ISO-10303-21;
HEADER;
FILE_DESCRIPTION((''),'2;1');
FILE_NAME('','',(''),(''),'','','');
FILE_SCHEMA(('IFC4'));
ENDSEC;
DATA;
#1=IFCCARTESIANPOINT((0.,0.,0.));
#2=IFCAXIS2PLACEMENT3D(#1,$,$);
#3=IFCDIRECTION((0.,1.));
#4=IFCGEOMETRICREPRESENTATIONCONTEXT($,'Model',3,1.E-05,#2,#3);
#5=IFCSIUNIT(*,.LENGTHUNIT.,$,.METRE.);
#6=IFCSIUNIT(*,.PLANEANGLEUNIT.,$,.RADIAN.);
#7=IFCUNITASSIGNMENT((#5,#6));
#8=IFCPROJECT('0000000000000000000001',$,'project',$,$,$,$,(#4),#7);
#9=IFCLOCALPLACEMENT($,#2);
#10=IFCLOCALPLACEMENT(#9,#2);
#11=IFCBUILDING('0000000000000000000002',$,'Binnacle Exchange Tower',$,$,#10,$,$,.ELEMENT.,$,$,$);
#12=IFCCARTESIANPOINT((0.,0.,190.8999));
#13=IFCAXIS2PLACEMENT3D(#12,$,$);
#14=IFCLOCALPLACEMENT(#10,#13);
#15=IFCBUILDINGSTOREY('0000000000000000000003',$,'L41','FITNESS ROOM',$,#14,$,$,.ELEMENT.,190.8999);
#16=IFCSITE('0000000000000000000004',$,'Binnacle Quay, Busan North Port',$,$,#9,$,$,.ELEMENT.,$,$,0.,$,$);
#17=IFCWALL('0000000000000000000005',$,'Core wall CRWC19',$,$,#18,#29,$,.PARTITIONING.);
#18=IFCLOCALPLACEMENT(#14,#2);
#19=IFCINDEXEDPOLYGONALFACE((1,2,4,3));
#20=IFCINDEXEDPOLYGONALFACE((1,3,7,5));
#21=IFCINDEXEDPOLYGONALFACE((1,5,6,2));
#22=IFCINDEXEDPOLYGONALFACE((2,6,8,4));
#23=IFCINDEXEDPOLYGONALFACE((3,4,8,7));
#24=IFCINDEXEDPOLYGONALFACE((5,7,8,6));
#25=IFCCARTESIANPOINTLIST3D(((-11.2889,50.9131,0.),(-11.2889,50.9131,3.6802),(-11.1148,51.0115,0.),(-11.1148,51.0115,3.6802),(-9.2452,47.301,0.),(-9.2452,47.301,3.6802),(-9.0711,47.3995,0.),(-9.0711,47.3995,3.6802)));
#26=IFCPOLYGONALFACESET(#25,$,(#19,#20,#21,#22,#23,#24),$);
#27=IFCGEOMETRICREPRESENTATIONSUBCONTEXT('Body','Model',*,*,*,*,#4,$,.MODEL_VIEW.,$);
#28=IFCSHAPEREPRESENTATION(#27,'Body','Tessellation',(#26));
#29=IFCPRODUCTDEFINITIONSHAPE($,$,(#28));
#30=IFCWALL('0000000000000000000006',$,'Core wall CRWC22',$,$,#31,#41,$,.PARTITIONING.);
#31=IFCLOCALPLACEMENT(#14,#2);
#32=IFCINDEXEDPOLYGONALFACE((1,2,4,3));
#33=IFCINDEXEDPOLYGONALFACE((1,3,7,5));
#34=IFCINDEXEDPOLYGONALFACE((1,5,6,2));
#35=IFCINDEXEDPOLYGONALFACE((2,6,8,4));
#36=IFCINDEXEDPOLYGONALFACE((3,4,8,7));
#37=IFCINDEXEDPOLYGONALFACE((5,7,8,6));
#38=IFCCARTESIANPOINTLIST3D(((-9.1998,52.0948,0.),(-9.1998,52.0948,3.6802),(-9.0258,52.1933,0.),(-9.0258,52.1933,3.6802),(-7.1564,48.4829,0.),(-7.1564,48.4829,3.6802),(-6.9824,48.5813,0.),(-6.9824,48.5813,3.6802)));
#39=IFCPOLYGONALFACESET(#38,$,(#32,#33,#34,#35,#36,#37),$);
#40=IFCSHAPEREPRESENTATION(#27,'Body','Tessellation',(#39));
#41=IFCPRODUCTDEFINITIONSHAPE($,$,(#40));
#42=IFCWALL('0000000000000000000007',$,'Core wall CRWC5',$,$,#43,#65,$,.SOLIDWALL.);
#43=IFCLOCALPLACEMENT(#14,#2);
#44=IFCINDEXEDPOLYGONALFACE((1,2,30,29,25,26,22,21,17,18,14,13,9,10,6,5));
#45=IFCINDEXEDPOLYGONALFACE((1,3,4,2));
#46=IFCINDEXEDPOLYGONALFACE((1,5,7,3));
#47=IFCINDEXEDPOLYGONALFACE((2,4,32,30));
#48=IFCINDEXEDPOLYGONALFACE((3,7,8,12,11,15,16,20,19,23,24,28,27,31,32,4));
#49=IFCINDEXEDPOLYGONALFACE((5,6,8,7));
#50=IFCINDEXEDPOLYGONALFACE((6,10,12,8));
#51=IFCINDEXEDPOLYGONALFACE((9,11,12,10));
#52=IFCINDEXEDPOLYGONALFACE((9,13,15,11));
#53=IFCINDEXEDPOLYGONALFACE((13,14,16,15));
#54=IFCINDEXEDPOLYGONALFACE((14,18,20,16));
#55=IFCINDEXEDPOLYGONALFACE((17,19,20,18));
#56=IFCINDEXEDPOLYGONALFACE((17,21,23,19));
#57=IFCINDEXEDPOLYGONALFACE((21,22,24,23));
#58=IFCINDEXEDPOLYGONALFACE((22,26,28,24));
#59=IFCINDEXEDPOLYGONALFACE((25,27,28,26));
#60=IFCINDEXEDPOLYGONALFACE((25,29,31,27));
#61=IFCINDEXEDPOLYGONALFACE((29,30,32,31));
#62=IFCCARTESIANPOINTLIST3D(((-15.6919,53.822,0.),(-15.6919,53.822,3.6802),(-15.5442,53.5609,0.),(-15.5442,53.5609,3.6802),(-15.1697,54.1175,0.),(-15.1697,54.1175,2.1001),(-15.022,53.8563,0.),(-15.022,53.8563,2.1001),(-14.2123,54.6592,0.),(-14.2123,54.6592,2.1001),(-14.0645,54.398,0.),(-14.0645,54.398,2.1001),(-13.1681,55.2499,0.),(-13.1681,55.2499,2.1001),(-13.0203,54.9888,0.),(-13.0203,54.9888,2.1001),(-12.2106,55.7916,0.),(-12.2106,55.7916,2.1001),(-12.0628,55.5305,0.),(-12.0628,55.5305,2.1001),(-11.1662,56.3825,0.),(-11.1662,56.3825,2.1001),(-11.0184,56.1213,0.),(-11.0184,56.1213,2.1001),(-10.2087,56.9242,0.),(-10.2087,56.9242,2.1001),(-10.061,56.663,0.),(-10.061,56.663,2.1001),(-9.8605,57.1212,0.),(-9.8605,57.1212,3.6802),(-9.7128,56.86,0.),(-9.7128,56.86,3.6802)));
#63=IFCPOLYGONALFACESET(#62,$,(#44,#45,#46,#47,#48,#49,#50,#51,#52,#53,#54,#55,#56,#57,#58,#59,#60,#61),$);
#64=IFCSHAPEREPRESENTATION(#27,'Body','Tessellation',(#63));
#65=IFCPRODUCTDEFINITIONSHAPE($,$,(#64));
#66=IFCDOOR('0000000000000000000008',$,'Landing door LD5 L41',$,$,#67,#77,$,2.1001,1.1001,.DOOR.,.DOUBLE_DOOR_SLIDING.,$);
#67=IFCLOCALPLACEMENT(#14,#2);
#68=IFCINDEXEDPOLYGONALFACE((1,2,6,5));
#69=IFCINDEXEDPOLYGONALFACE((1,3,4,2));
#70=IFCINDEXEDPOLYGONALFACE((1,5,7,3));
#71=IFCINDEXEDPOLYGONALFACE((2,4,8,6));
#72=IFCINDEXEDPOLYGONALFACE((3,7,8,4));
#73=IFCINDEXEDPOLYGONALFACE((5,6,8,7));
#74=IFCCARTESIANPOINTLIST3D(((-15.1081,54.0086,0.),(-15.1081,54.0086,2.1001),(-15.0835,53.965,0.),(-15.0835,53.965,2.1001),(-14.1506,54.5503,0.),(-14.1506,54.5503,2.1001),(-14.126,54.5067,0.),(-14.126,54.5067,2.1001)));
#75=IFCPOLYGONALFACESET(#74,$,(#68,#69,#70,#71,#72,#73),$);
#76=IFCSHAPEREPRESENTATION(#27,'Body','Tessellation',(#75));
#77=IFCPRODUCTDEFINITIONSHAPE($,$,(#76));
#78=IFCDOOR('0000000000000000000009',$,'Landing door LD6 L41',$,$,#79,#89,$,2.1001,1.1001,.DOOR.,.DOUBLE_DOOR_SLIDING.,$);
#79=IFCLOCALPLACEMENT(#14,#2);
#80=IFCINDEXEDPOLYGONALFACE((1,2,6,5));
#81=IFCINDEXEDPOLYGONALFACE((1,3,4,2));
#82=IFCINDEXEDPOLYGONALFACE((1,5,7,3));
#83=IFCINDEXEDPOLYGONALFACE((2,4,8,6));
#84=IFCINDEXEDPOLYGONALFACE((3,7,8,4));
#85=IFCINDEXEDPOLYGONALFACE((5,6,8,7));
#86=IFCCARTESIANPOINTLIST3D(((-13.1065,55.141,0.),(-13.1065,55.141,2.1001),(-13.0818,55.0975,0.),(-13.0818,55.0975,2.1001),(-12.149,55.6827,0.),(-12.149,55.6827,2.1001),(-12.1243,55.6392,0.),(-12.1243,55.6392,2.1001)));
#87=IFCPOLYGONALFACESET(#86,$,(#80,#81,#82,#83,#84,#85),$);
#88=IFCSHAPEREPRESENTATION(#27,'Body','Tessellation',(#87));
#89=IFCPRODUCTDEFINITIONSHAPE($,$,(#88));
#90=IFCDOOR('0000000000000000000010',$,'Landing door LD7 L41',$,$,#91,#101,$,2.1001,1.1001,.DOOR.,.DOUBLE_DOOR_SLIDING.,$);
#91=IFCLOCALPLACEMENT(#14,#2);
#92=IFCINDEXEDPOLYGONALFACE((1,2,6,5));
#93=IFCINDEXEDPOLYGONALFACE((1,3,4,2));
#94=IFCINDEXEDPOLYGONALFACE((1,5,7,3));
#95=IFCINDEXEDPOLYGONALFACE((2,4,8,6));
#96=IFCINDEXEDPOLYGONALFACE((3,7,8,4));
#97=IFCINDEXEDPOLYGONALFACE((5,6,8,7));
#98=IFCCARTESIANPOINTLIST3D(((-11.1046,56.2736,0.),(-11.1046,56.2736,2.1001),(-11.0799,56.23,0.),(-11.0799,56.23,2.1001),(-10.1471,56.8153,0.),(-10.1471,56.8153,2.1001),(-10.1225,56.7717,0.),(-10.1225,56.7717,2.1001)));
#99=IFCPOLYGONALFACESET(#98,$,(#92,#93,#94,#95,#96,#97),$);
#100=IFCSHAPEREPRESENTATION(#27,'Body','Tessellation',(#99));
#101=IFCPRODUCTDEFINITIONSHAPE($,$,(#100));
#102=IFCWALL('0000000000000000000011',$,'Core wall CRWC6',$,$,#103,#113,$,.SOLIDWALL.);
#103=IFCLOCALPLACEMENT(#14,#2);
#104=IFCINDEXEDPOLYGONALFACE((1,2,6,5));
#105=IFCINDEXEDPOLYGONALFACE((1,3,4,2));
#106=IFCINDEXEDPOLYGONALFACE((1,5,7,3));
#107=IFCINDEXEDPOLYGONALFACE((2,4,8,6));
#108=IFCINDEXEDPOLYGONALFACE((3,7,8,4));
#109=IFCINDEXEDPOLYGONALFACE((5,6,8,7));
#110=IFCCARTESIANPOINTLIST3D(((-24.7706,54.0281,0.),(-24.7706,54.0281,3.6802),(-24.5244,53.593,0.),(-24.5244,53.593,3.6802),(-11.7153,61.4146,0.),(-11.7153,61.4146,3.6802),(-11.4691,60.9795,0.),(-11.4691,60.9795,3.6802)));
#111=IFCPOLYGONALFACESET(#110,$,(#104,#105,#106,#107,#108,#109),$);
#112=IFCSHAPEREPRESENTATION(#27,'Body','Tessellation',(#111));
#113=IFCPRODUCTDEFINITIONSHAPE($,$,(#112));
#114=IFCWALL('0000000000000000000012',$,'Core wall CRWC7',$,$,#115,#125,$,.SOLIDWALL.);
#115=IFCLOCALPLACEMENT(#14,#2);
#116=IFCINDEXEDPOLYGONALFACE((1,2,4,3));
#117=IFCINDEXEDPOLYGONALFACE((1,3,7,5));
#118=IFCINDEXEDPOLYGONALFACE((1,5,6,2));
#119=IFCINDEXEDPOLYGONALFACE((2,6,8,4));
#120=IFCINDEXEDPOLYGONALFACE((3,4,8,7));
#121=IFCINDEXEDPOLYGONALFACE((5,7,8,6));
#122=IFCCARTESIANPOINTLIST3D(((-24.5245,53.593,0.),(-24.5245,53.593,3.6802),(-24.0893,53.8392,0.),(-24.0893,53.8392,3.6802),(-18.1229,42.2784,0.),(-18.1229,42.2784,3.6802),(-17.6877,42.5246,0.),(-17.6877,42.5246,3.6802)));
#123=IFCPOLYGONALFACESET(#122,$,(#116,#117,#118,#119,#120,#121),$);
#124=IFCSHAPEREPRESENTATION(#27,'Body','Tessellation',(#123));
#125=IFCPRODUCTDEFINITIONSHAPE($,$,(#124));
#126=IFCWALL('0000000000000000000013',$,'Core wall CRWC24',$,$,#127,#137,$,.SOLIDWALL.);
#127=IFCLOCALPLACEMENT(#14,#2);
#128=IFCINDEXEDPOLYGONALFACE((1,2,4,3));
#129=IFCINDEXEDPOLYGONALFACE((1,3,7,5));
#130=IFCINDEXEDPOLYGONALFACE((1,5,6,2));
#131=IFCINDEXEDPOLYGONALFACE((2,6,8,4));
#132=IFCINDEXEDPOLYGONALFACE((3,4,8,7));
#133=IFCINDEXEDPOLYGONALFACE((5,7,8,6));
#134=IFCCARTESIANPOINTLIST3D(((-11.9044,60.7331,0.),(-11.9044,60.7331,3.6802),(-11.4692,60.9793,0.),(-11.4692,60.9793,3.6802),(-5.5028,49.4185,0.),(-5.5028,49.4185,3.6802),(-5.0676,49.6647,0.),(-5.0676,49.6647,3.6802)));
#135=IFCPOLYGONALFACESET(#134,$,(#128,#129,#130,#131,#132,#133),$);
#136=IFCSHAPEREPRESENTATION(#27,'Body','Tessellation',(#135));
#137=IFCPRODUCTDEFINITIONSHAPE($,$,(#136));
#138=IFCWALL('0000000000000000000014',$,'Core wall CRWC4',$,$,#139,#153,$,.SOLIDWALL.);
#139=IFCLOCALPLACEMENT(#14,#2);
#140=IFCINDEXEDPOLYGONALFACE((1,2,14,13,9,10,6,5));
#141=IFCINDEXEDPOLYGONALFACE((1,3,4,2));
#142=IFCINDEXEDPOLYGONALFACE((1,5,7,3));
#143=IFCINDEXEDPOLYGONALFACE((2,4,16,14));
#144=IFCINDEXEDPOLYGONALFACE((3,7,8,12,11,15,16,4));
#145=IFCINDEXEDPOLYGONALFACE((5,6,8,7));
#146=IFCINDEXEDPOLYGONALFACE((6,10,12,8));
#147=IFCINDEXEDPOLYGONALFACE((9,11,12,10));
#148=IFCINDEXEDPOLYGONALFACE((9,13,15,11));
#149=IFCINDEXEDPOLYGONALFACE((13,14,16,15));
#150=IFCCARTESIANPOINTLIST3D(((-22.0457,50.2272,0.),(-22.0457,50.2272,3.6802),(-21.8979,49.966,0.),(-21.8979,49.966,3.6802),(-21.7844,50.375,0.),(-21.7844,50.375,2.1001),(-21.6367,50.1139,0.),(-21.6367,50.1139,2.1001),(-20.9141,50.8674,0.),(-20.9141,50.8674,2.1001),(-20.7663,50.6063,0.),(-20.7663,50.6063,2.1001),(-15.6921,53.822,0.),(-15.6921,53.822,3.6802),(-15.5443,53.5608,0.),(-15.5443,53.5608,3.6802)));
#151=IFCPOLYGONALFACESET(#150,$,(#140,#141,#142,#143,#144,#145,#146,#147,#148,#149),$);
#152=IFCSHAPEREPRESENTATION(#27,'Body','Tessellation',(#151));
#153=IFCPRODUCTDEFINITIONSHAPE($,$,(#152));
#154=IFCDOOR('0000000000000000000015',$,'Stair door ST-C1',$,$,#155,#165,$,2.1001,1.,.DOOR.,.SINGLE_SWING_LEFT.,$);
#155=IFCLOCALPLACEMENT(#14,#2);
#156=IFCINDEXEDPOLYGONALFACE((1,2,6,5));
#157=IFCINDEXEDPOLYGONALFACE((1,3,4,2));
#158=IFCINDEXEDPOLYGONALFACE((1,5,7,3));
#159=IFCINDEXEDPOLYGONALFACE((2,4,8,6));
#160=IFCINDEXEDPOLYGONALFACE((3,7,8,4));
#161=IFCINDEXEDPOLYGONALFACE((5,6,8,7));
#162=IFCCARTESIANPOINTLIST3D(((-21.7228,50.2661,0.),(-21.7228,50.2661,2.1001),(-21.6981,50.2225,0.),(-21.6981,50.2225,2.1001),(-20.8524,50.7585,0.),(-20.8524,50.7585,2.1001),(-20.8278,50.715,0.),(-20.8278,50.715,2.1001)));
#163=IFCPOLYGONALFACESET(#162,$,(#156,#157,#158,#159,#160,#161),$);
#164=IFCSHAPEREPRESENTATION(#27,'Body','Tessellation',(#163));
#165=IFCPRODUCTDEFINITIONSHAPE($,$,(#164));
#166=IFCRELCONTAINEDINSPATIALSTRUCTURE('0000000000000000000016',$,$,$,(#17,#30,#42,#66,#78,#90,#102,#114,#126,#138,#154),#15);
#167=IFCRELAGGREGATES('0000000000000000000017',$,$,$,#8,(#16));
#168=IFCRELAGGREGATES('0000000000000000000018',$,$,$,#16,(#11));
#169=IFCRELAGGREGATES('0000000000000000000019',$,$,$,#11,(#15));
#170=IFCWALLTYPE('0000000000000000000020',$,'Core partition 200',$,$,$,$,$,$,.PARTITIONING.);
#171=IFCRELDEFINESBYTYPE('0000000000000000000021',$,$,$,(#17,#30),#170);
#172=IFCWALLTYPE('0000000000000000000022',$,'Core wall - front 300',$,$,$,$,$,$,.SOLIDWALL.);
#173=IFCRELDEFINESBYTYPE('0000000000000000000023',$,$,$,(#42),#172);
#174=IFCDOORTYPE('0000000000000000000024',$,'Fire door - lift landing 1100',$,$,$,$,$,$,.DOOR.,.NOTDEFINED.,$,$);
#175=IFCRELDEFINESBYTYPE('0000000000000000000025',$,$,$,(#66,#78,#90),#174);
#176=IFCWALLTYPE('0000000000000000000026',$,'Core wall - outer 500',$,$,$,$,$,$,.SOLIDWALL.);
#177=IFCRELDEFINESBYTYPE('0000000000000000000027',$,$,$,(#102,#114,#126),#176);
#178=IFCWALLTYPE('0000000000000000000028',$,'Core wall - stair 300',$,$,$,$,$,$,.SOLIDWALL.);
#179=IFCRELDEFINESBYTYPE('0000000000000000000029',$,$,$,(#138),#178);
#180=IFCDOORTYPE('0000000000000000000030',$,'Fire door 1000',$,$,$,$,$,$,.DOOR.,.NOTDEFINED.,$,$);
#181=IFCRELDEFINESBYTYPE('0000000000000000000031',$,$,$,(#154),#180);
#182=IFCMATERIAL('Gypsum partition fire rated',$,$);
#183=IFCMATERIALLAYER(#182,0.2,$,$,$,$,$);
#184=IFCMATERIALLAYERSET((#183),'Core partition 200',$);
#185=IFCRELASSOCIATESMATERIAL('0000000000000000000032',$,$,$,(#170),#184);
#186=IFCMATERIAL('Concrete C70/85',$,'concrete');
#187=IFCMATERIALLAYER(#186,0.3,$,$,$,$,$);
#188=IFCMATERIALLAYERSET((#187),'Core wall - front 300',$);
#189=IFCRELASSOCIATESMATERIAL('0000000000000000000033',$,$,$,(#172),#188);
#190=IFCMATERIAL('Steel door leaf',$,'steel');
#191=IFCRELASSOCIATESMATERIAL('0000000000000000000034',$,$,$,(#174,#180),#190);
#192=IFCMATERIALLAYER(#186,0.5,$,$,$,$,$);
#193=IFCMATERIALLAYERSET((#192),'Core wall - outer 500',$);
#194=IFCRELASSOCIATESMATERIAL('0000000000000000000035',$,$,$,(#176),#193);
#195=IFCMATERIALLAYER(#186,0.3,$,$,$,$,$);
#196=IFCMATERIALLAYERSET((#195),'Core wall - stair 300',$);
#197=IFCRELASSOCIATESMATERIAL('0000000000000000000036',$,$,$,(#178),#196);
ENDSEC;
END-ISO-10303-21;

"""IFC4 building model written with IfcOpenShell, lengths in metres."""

from ifc_helpers import new_model, si_unit, direction, frame, frame_2d, origin, place, context, subcontext, project, spatial, rectangle, extrude, material, layer, layer_set, type_object, element, fill, save


model = new_model("IFC4")

# Units and contexts
model_context = context("Model", 3, precision=1e-05, world=origin(), true_north=direction((0.0, 1.0)))
body_context = subcontext(model_context, "Body", "Model", "MODEL_VIEW")
ifc_project = project(units=[si_unit("LENGTHUNIT", "METRE"), si_unit("PLANEANGLEUNIT", "RADIAN")], contexts=[model_context])

# Site, building, storey
site_placement = place(None, origin())
site = spatial("IfcSite", under=ifc_project, at=site_placement, Name="Binnacle Quay, Busan North Port", CompositionType="ELEMENT", RefElevation=0.0)
building_placement = place(site_placement, origin())
building = spatial("IfcBuilding", under=site, at=building_placement, Name="Binnacle Exchange Tower", CompositionType="ELEMENT")
storey_placement = place(building_placement, frame((0.0, 0.0, 190.8999)))
storey = spatial("IfcBuildingStorey", under=building, at=storey_placement, Name="L41", Description="FITNESS ROOM", CompositionType="ELEMENT", Elevation=190.8999)

# Shared definitions
ifc_material_1 = material(Name="Concrete C70/85", Category="concrete")

# Walls
ifc_material_2 = material(Name="Gypsum partition fire rated")
ifc_layer_1 = layer(ifc_material_2, 0.2)
ifc_layer_set_1 = layer_set([ifc_layer_1], Name="Core partition 200")
wall_type_1 = type_object("IfcWallType", Name="Core partition 200", PredefinedType="PARTITIONING", material=ifc_layer_set_1)
wall_1_placement = place(storey_placement, frame((-11.2019, 50.9624, 0.0), z_axis=(0.0, 0.0, 1.0), x_axis=(0.492441, -0.870346, 0.0)))
element("IfcWall", 1, at=wall_1_placement, inside=storey, type_object=wall_type_1, Name="Core wall CRWC19", PredefinedType="PARTITIONING", context=body_context, shape_type="SweptSolid", body=[
    extrude(rectangle(XDim=4.1501, YDim=0.2, at=frame_2d((2.0752, 0.0))), origin(), (0.0, 0.0, 1.0), 3.6802),
])
wall_2_placement = place(storey_placement, frame((-9.1128, 52.144, 0.0), z_axis=(0.0, 0.0, 1.0), x_axis=(0.492396, -0.870371, 0.0)))
element("IfcWall", 2, at=wall_2_placement, inside=storey, type_object=wall_type_1, Name="Core wall CRWC22", PredefinedType="PARTITIONING", context=body_context, shape_type="SweptSolid", body=[
    extrude(rectangle(XDim=4.1499, YDim=0.2, at=frame_2d((2.075, 0.0))), origin(), (0.0, 0.0, 1.0), 3.6802),
])

# Wall, openings, doors
ifc_layer_2 = layer(ifc_material_1, 0.3)
ifc_layer_set_2 = layer_set([ifc_layer_2], Name="Core wall - front 300")
wall_type_2 = type_object("IfcWallType", Name="Core wall - front 300", PredefinedType="SOLIDWALL", material=ifc_layer_set_2)
wall_3_placement = place(storey_placement, frame((-15.6182, 53.6914, 0.0), z_axis=(0.0, 0.0, 1.0), x_axis=(0.870363, 0.49241, 0.0)))
wall_3 = element("IfcWall", 3, at=wall_3_placement, inside=storey, type_object=wall_type_2, Name="Core wall CRWC5", PredefinedType="SOLIDWALL", context=body_context, shape_type="SweptSolid", body=[
    extrude(rectangle(XDim=6.7, YDim=0.3, at=frame_2d((3.3501, 0.0))), origin(), (0.0, 0.0, 1.0), 3.6802),
])
opening_1_placement = place(wall_3_placement, frame((0.6001, 0.0, 0.0)))
opening_1 = element("IfcOpeningElement", 4, at=opening_1_placement, cuts=wall_3, PredefinedType="OPENING", context=body_context, shape_type="SweptSolid", body=[
    extrude(rectangle(XDim=1.1001, YDim=2.1001, at=frame_2d((0.55, 1.05))), frame((0.0, 0.1599, 0.0), z_axis=(0.0, -1.0, 0.0), x_axis=(1.0, 0.0, 0.0)), (0.0, 0.0, 1.0), 0.3201),
])
opening_2_placement = place(wall_3_placement, frame((2.8999, 0.0, 0.0)))
opening_2 = element("IfcOpeningElement", 5, at=opening_2_placement, cuts=wall_3, PredefinedType="OPENING", context=body_context, shape_type="SweptSolid", body=[
    extrude(rectangle(XDim=1.1001, YDim=2.1001, at=frame_2d((0.55, 1.05))), frame((0.0, 0.1599, 0.0), z_axis=(0.0, -1.0, 0.0), x_axis=(1.0, 0.0, 0.0)), (0.0, 0.0, 1.0), 0.3201),
])
opening_3_placement = place(wall_3_placement, frame((5.2, 0.0, 0.0)))
opening_3 = element("IfcOpeningElement", 6, at=opening_3_placement, cuts=wall_3, PredefinedType="OPENING", context=body_context, shape_type="SweptSolid", body=[
    extrude(rectangle(XDim=1.1001, YDim=2.1001, at=frame_2d((0.55, 1.05))), frame((0.0, 0.1599, 0.0), z_axis=(0.0, -1.0, 0.0), x_axis=(1.0, 0.0, 0.0)), (0.0, 0.0, 1.0), 0.3201),
])
ifc_material_3 = material(Name="Steel door leaf", Category="steel")
door_type_1 = type_object("IfcDoorType", Name="Fire door - lift landing 1100", OperationType="NOTDEFINED", PredefinedType="DOOR", material=ifc_material_3)
door_1_placement = place(opening_1_placement, origin())
door_1 = element("IfcDoor", 7, at=door_1_placement, inside=storey, type_object=door_type_1, Name="Landing door LD5 L41", OperationType="DOUBLE_DOOR_SLIDING", OverallHeight=2.1001, OverallWidth=1.1001, PredefinedType="DOOR", context=body_context, shape_type="SweptSolid", body=[
    extrude(rectangle(XDim=1.1001, YDim=2.1001, at=frame_2d((0.55, 1.05))), frame((0.0, 0.0249, 0.0), z_axis=(0.0, -1.0, 0.0), x_axis=(1.0, 0.0, 0.0)), (0.0, 0.0, 1.0), 0.05),
])
fill(opening_1, door_1)
door_2_placement = place(opening_2_placement, origin())
door_2 = element("IfcDoor", 8, at=door_2_placement, inside=storey, type_object=door_type_1, Name="Landing door LD6 L41", OperationType="DOUBLE_DOOR_SLIDING", OverallHeight=2.1001, OverallWidth=1.1001, PredefinedType="DOOR", context=body_context, shape_type="SweptSolid", body=[
    extrude(rectangle(XDim=1.1001, YDim=2.1001, at=frame_2d((0.55, 1.05))), frame((0.0, 0.0249, 0.0), z_axis=(0.0, -1.0, 0.0), x_axis=(1.0, 0.0, 0.0)), (0.0, 0.0, 1.0), 0.05),
])
fill(opening_2, door_2)
door_3_placement = place(opening_3_placement, origin())
door_3 = element("IfcDoor", 9, at=door_3_placement, inside=storey, type_object=door_type_1, Name="Landing door LD7 L41", OperationType="DOUBLE_DOOR_SLIDING", OverallHeight=2.1001, OverallWidth=1.1001, PredefinedType="DOOR", context=body_context, shape_type="SweptSolid", body=[
    extrude(rectangle(XDim=1.1001, YDim=2.1001, at=frame_2d((0.55, 1.05))), frame((0.0, 0.0249, 0.0), z_axis=(0.0, -1.0, 0.0), x_axis=(1.0, 0.0, 0.0)), (0.0, 0.0, 1.0), 0.05),
])
fill(opening_3, door_3)

# Walls
ifc_layer_3 = layer(ifc_material_1, 0.5)
ifc_layer_set_3 = layer_set([ifc_layer_3], Name="Core wall - outer 500")
wall_type_3 = type_object("IfcWallType", Name="Core wall - outer 500", PredefinedType="SOLIDWALL", material=ifc_layer_set_3)
wall_4_placement = place(storey_placement, frame((-24.6475, 53.8105, 0.0), z_axis=(0.0, 0.0, 1.0), x_axis=(0.87035, 0.492434, 0.0)))
element("IfcWall", 10, at=wall_4_placement, inside=storey, type_object=wall_type_3, Name="Core wall CRWC6", PredefinedType="SOLIDWALL", context=body_context, shape_type="SweptSolid", body=[
    extrude(rectangle(XDim=15.0, YDim=0.5, at=frame_2d((7.5, 0.0))), origin(), (0.0, 0.0, 1.0), 3.6802),
])
for number, where, z_axis, x_axis, name in (
    (11, (-24.3069, 53.7161, 0.0), (0.0, 0.0, 1.0), (0.492427, -0.870354, 0.0), "Core wall CRWC7"),
    (12, (-11.6868, 60.8562, 0.0), (0.0, 0.0, 1.0), (0.492427, -0.870354, 0.0), "Core wall CRWC24"),
):
    element("IfcWall", number, at=place(storey_placement, frame(where, z_axis=z_axis, x_axis=x_axis)), inside=storey, type_object=wall_type_3, Name=name, PredefinedType="SOLIDWALL", context=body_context, shape_type="SweptSolid", body=[
        extrude(rectangle(XDim=13.0, YDim=0.5, at=frame_2d((6.5, 0.0))), origin(), (0.0, 0.0, 1.0), 3.6802),
    ])

# Wall, opening, door
ifc_layer_4 = layer(ifc_material_1, 0.3)
ifc_layer_set_4 = layer_set([ifc_layer_4], Name="Core wall - stair 300")
wall_type_4 = type_object("IfcWallType", Name="Core wall - stair 300", PredefinedType="SOLIDWALL", material=ifc_layer_set_4)
wall_5_placement = place(storey_placement, frame((-21.9717, 50.0967, 0.0), z_axis=(0.0, 0.0, 1.0), x_axis=(0.870351, 0.492432, 0.0)))
wall_5 = element("IfcWall", 13, at=wall_5_placement, inside=storey, type_object=wall_type_4, Name="Core wall CRWC4", PredefinedType="SOLIDWALL", context=body_context, shape_type="SweptSolid", body=[
    extrude(rectangle(XDim=7.3, YDim=0.3, at=frame_2d((3.6499, 0.0))), origin(), (0.0, 0.0, 1.0), 3.6802),
])
opening_4_placement = place(wall_5_placement, frame((0.3, 0.0, 0.0)))
opening_4 = element("IfcOpeningElement", 14, at=opening_4_placement, cuts=wall_5, PredefinedType="OPENING", context=body_context, shape_type="SweptSolid", body=[
    extrude(rectangle(XDim=1.0, YDim=2.1001, at=frame_2d((0.5, 1.05))), frame((0.0, 0.1599, 0.0), z_axis=(0.0, -1.0, 0.0), x_axis=(1.0, 0.0, 0.0)), (0.0, 0.0, 1.0), 0.3201),
])
door_type_2 = type_object("IfcDoorType", Name="Fire door 1000", OperationType="NOTDEFINED", PredefinedType="DOOR", material=ifc_material_3)
door_4_placement = place(opening_4_placement, origin())
door_4 = element("IfcDoor", 15, at=door_4_placement, inside=storey, type_object=door_type_2, Name="Stair door ST-C1", OperationType="SINGLE_SWING_LEFT", OverallHeight=2.1001, OverallWidth=1.0, PredefinedType="DOOR", context=body_context, shape_type="SweptSolid", body=[
    extrude(rectangle(XDim=1.0, YDim=2.1001, at=frame_2d((0.5, 1.05))), frame((0.0, 0.0249, 0.0), z_axis=(0.0, -1.0, 0.0), x_axis=(1.0, 0.0, 0.0)), (0.0, 0.0, 1.0), 0.05),
])
fill(opening_4, door_4)

save(model, "model.ifc")
